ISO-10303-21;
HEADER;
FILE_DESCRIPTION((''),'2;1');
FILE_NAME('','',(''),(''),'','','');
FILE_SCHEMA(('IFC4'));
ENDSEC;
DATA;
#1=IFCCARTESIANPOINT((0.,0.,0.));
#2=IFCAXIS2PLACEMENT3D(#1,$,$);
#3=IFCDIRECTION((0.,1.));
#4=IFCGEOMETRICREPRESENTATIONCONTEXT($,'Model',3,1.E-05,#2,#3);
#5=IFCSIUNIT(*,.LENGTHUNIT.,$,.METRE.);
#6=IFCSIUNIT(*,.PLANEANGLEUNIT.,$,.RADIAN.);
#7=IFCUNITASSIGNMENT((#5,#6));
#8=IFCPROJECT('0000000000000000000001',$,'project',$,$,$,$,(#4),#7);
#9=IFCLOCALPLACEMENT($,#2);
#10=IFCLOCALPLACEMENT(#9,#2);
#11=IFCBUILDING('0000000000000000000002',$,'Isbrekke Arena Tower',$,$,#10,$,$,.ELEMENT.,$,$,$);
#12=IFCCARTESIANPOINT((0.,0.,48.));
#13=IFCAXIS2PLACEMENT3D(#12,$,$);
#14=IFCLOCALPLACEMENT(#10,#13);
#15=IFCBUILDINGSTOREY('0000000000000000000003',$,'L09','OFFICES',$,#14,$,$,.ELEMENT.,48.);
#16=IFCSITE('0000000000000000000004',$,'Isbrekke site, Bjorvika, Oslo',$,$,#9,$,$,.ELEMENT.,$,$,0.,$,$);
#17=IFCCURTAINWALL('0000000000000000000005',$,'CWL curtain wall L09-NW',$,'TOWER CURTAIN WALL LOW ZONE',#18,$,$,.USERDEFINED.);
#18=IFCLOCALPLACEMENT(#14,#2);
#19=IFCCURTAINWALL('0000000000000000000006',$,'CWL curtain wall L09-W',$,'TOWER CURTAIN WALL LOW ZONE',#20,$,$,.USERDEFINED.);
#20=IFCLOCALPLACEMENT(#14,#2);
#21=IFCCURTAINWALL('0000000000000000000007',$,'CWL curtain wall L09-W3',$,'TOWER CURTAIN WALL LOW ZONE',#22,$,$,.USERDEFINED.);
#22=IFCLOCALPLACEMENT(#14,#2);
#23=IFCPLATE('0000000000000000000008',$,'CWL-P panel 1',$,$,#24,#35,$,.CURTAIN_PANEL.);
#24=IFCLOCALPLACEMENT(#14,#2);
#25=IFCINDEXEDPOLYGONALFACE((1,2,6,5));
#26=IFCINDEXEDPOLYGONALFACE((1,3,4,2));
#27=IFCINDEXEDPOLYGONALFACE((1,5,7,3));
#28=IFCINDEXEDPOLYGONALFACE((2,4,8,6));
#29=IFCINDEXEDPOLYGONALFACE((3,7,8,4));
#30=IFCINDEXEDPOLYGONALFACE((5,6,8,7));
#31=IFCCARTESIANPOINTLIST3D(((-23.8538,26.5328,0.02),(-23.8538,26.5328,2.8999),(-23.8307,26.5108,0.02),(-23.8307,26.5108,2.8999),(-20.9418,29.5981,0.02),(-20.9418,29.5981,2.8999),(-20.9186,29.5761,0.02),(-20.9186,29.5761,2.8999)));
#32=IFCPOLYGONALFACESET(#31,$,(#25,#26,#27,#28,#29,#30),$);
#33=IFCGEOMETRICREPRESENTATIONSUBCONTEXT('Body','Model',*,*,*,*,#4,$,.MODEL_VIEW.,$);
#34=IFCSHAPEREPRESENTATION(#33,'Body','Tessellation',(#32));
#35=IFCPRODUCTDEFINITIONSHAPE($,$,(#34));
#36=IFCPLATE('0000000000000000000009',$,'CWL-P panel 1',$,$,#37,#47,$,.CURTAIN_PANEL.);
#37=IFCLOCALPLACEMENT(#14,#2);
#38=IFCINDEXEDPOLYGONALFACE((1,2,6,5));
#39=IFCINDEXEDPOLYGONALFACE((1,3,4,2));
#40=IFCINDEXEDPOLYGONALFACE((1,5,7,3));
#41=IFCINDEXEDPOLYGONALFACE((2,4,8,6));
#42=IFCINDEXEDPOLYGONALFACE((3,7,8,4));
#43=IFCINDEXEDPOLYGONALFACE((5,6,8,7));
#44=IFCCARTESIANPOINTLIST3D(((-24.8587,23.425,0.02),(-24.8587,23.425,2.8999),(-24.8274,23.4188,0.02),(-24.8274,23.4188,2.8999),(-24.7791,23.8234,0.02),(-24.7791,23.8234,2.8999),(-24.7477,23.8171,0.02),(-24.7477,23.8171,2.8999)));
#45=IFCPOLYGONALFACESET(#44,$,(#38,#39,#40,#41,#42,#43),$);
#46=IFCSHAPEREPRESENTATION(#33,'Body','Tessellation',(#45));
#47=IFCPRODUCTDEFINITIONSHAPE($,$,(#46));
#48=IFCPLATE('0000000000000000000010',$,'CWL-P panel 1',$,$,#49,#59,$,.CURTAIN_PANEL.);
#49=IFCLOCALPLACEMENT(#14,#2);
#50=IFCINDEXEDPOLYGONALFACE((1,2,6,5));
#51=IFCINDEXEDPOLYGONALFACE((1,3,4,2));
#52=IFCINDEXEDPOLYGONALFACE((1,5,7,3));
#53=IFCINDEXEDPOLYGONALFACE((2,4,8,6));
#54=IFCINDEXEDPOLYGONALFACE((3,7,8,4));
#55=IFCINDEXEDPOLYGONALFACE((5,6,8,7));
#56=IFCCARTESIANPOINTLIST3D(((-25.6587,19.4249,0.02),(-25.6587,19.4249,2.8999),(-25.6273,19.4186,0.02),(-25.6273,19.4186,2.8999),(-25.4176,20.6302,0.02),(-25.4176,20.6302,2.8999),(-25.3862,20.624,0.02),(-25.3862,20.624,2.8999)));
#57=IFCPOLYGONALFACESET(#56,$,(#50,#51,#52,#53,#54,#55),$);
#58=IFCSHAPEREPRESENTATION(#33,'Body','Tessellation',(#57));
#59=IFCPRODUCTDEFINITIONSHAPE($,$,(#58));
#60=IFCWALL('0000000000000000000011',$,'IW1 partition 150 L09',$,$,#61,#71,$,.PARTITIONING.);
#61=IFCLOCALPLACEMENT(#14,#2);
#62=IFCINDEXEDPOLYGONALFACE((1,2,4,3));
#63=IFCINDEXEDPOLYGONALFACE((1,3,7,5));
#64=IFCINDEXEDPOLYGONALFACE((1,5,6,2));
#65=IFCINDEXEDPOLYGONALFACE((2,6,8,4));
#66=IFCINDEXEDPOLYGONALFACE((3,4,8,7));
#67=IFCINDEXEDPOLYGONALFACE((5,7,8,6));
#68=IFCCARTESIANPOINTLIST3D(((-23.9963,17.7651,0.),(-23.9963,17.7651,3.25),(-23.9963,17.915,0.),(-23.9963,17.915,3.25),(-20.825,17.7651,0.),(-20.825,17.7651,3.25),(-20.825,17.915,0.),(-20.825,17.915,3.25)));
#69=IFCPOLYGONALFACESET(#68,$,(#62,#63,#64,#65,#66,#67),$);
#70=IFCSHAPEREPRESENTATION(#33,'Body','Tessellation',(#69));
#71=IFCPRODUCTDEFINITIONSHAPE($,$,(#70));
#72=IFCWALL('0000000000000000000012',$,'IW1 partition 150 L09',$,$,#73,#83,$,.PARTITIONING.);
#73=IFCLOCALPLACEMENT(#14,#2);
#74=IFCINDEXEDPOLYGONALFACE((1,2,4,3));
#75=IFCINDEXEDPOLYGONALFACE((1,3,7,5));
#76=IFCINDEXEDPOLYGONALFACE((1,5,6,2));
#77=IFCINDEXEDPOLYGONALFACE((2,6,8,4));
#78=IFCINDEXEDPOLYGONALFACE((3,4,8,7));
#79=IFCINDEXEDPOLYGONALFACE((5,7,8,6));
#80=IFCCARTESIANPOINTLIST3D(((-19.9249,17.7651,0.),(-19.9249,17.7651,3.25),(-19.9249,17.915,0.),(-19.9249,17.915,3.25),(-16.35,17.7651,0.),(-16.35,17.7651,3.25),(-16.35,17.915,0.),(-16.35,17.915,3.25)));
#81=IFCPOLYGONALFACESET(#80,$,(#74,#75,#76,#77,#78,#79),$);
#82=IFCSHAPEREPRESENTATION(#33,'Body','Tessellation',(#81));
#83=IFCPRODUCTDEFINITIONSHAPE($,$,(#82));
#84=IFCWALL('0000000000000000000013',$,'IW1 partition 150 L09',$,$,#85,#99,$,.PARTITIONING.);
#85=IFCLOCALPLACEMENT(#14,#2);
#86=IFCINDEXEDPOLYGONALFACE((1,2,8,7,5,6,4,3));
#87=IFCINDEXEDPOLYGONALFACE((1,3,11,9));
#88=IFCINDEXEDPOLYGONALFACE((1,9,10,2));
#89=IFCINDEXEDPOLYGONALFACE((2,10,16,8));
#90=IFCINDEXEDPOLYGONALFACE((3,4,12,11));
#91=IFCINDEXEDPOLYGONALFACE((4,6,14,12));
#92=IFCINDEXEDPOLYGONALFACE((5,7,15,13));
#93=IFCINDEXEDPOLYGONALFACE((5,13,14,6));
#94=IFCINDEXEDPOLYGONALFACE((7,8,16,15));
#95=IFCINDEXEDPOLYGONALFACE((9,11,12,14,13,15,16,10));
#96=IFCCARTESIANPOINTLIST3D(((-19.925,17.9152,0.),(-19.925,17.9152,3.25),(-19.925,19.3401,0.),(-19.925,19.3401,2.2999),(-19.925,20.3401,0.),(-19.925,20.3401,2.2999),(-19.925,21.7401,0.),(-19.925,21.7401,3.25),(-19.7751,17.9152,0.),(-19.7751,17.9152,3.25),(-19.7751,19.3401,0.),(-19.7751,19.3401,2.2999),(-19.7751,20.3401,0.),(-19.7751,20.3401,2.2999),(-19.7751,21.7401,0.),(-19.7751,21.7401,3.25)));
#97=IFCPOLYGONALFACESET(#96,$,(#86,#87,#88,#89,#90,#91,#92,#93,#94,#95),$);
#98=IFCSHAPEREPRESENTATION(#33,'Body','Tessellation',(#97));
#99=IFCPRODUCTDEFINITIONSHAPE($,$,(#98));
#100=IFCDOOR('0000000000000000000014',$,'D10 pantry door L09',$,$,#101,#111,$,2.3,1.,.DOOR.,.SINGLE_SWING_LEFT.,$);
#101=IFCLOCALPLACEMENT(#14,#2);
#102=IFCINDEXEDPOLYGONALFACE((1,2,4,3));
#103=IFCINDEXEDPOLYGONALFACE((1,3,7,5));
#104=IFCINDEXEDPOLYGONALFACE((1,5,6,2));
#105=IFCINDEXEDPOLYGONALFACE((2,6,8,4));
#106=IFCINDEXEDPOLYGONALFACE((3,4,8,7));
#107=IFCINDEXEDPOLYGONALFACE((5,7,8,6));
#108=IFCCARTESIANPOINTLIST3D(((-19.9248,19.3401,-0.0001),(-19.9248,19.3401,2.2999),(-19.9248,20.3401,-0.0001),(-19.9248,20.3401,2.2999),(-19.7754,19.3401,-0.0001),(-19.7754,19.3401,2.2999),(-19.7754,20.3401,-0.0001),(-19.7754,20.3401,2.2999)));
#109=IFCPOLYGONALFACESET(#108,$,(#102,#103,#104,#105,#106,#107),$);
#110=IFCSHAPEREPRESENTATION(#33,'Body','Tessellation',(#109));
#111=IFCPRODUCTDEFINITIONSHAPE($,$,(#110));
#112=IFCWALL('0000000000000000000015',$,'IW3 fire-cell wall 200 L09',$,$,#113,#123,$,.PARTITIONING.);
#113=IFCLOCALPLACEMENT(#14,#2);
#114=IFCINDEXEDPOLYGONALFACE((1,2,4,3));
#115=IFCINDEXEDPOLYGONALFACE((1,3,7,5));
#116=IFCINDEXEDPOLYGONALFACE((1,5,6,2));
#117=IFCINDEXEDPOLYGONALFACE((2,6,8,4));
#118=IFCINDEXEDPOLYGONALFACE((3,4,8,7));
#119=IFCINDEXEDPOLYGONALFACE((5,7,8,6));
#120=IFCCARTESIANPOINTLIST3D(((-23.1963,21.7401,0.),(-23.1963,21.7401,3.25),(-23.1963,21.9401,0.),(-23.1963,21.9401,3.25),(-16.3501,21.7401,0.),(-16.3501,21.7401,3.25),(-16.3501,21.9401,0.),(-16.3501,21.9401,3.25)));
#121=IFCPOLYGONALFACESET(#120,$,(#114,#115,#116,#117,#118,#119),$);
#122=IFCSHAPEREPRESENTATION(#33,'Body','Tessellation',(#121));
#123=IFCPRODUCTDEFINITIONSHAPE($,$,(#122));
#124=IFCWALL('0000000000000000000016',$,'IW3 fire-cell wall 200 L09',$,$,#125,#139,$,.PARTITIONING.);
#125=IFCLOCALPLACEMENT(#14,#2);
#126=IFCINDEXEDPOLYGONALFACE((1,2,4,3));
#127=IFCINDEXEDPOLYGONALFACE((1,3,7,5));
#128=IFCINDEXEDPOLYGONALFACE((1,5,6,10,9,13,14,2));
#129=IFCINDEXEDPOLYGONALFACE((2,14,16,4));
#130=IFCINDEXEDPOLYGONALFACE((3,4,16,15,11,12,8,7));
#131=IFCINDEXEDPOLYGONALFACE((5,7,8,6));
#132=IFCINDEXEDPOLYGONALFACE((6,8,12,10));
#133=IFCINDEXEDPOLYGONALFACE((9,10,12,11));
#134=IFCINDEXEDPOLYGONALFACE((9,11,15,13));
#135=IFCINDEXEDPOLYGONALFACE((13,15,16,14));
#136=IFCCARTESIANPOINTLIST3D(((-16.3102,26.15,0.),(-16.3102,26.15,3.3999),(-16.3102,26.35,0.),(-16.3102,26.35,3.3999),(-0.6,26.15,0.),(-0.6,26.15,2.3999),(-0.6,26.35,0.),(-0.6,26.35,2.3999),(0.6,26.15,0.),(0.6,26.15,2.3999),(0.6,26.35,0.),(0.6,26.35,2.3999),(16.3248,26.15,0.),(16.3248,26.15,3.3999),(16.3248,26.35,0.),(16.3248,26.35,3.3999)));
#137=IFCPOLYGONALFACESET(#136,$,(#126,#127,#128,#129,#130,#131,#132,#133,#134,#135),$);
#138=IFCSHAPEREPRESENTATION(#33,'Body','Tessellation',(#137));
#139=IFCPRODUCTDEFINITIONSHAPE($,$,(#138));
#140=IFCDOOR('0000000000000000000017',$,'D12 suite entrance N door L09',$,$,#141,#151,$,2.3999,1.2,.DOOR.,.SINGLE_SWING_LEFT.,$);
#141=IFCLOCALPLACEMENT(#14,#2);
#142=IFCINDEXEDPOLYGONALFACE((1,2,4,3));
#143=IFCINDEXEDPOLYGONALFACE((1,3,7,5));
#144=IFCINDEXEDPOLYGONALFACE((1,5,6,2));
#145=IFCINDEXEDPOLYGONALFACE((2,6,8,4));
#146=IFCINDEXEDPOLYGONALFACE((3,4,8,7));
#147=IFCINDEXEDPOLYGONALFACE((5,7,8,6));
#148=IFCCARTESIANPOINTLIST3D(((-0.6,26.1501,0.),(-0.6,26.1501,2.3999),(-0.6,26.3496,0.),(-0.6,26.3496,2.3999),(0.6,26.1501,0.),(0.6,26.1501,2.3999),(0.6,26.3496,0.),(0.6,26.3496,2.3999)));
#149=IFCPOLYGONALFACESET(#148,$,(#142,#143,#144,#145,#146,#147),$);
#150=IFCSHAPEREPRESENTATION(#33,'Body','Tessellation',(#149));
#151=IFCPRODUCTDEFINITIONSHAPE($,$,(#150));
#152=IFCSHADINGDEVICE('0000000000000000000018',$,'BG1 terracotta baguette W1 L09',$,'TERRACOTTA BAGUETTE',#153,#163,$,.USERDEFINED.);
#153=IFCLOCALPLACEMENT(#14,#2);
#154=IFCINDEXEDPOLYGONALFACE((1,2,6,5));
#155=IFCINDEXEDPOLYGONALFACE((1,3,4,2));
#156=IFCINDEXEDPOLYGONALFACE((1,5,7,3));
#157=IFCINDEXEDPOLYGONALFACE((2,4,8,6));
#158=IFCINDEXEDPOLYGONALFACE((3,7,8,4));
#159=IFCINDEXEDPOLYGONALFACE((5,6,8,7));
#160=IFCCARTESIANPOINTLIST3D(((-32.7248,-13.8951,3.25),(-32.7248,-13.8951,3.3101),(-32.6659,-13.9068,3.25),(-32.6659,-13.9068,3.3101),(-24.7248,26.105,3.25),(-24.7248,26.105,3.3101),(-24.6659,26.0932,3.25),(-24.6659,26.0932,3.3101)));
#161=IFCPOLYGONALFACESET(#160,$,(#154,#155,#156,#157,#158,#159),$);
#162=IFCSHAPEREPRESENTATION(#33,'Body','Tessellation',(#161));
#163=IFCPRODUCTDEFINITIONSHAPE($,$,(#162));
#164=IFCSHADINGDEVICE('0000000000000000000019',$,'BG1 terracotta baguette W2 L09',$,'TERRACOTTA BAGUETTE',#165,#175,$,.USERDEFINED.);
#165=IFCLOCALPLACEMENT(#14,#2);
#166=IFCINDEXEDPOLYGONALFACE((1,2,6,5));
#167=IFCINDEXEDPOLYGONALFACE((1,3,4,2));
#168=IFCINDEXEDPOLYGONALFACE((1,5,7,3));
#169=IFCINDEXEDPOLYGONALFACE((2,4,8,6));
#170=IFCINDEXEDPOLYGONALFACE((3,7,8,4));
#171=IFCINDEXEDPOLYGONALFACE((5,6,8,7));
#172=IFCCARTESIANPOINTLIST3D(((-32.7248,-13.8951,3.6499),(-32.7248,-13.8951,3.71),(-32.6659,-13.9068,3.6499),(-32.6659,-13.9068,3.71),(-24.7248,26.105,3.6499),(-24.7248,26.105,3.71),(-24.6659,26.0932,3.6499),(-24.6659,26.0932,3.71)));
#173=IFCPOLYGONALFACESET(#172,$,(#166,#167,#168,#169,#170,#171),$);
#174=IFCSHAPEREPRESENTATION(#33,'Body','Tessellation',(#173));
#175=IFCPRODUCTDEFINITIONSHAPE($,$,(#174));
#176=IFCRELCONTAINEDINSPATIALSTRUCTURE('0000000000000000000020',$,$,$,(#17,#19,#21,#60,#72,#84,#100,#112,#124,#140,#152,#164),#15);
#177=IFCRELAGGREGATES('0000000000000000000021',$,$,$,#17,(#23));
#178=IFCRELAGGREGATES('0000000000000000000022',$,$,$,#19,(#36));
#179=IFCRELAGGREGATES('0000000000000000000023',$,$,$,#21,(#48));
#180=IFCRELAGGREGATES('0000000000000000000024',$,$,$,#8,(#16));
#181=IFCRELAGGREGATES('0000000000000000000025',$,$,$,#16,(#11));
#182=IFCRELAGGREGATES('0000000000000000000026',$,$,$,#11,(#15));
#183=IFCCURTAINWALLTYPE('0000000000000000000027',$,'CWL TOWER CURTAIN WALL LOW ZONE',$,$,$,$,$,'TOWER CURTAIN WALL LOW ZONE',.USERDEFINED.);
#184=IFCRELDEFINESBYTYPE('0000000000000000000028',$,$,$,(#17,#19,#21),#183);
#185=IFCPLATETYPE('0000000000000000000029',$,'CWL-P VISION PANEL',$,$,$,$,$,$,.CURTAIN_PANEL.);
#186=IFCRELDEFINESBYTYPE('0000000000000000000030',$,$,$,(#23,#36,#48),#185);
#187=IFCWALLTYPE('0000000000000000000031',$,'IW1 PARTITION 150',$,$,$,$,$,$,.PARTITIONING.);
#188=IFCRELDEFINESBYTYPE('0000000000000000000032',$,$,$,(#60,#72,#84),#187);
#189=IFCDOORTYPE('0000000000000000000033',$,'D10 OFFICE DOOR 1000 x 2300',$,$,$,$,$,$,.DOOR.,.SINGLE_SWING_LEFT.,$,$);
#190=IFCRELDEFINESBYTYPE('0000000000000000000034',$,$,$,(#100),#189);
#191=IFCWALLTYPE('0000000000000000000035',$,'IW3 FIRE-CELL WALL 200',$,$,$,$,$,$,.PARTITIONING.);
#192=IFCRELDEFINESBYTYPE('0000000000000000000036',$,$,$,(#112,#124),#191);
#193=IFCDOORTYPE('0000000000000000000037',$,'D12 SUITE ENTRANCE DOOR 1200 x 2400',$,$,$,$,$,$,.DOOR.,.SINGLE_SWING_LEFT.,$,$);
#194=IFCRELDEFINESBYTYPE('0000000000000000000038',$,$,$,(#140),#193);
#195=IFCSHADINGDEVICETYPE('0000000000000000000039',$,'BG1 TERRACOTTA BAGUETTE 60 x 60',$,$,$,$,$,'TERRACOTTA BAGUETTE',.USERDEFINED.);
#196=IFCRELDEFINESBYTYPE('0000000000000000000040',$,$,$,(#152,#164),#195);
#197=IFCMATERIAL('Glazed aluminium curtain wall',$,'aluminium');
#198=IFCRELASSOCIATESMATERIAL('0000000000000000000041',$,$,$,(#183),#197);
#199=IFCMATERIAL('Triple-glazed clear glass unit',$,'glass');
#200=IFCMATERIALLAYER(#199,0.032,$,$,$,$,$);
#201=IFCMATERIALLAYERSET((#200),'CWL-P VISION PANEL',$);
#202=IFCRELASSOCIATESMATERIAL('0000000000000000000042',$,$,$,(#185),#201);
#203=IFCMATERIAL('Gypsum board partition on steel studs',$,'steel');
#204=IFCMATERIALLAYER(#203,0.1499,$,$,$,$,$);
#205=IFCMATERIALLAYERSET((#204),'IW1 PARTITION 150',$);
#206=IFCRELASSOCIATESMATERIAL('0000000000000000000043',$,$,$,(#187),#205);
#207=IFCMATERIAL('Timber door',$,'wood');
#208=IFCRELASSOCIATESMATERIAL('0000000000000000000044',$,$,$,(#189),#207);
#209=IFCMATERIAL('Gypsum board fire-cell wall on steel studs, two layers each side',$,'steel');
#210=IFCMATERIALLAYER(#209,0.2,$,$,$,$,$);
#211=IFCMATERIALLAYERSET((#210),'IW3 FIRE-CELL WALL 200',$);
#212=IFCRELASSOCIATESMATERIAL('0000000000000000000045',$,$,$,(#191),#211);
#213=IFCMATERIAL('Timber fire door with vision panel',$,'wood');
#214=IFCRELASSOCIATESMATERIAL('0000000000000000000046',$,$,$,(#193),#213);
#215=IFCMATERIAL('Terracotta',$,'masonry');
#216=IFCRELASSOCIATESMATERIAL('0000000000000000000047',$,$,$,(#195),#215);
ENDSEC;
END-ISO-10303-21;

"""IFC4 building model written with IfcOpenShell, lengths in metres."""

from ifc_helpers import new_model, si_unit, direction, frame, frame_2d, origin, origin_2d, place, context, subcontext, project, spatial, rectangle, extrude, material, layer, layer_set, material_profile, profile_set, type_object, element, fill, aggregate, save


model = new_model("IFC4")

# Units and contexts
model_context = context("Model", 3, precision=1e-05, world=origin(), true_north=direction((0.0, 1.0)))
body_context = subcontext(model_context, "Body", "Model", "MODEL_VIEW")
ifc_project = project(units=[si_unit("LENGTHUNIT", "METRE"), si_unit("PLANEANGLEUNIT", "RADIAN")], contexts=[model_context])

# Site, building, storey
site_placement = place(None, origin())
site = spatial("IfcSite", under=ifc_project, at=site_placement, Name="Isbrekke site, Bjorvika, Oslo", CompositionType="ELEMENT", RefElevation=0.0)
building_placement = place(site_placement, origin())
building = spatial("IfcBuilding", under=site, at=building_placement, Name="Isbrekke Arena Tower", CompositionType="ELEMENT")
storey_placement = place(building_placement, frame((0.0, 0.0, 48.0)))
storey = spatial("IfcBuildingStorey", under=building, at=storey_placement, Name="L09", Description="OFFICES", CompositionType="ELEMENT", Elevation=48.0)

# Shared definitions
ifc_material_1 = material(Name="Glazed aluminium curtain wall", Category="aluminium")
curtain_wall_type = type_object("IfcCurtainWallType", Name="CWL TOWER CURTAIN WALL LOW ZONE", ElementType="TOWER CURTAIN WALL LOW ZONE", PredefinedType="USERDEFINED", material=ifc_material_1)

# Curtain walls
curtain_wall_1_placement = place(storey_placement, origin())
curtain_wall_1 = element("IfcCurtainWall", 1, at=curtain_wall_1_placement, inside=storey, type_object=curtain_wall_type, Name="CWL curtain wall L09-NW", ObjectType="TOWER CURTAIN WALL LOW ZONE", PredefinedType="USERDEFINED")
curtain_wall_2_placement = place(storey_placement, origin())
curtain_wall_2 = element("IfcCurtainWall", 2, at=curtain_wall_2_placement, inside=storey, type_object=curtain_wall_type, Name="CWL curtain wall L09-W", ObjectType="TOWER CURTAIN WALL LOW ZONE", PredefinedType="USERDEFINED")
curtain_wall_3_placement = place(storey_placement, origin())
curtain_wall_3 = element("IfcCurtainWall", 3, at=curtain_wall_3_placement, inside=storey, type_object=curtain_wall_type, Name="CWL curtain wall L09-W3", ObjectType="TOWER CURTAIN WALL LOW ZONE", PredefinedType="USERDEFINED")

# Plates
ifc_material_2 = material(Name="Triple-glazed clear glass unit", Category="glass")
ifc_layer_1 = layer(ifc_material_2, 0.032)
ifc_layer_set_1 = layer_set([ifc_layer_1], Name="CWL-P VISION PANEL")
plate_type = type_object("IfcPlateType", Name="CWL-P VISION PANEL", PredefinedType="CURTAIN_PANEL", material=ifc_layer_set_1)
plate_1_placement = place(storey_placement, frame((-22.3862, 28.0544, 0.02), z_axis=(0.0, 0.0, 1.0), x_axis=(-0.688749, -0.724999, 0.0)))
plate_1 = element("IfcPlate", 4, at=plate_1_placement, type_object=plate_type, Name="CWL-P panel 1", PredefinedType="CURTAIN_PANEL", context=body_context, shape_type="SweptSolid", body=[
    extrude(rectangle(XDim=4.228, YDim=0.032, at=origin_2d()), origin(), (0.0, 0.0, 1.0), 2.8799),
])
aggregate(curtain_wall_1, [plate_1])
plate_2_placement = place(storey_placement, frame((-24.8032, 23.6211, 0.02), z_axis=(0.0, 0.0, 1.0), x_axis=(-0.196116, -0.980581, 0.0)))
plate_2 = element("IfcPlate", 5, at=plate_2_placement, type_object=plate_type, Name="CWL-P panel 1", PredefinedType="CURTAIN_PANEL", context=body_context, shape_type="SweptSolid", body=[
    extrude(rectangle(XDim=0.4062, YDim=0.032, at=origin_2d()), origin(), (0.0, 0.0, 1.0), 2.8799),
])
aggregate(curtain_wall_2, [plate_2])
plate_3_placement = place(storey_placement, frame((-25.5225, 20.0244, 0.02), z_axis=(0.0, 0.0, 1.0), x_axis=(-0.196116, -0.980581, 0.0)))
plate_3 = element("IfcPlate", 6, at=plate_3_placement, type_object=plate_type, Name="CWL-P panel 1", PredefinedType="CURTAIN_PANEL", context=body_context, shape_type="SweptSolid", body=[
    extrude(rectangle(XDim=1.2292, YDim=0.032, at=origin_2d()), origin(), (0.0, 0.0, 1.0), 2.8799),
])
aggregate(curtain_wall_3, [plate_3])

# Walls
ifc_material_3 = material(Name="Gypsum board partition on steel studs", Category="steel")
ifc_layer_2 = layer(ifc_material_3, 0.1499)
ifc_layer_set_2 = layer_set([ifc_layer_2], Name="IW1 PARTITION 150")
wall_type_1 = type_object("IfcWallType", Name="IW1 PARTITION 150", PredefinedType="PARTITIONING", material=ifc_layer_set_2)
wall_1_placement = place(storey_placement, frame((-23.9963, 17.8401, 0.0), z_axis=(0.0, 0.0, 1.0), x_axis=(1.0, 0.0, 0.0)))
element("IfcWall", 7, at=wall_1_placement, inside=storey, type_object=wall_type_1, Name="IW1 partition 150 L09", PredefinedType="PARTITIONING", context=body_context, shape_type="SweptSolid", body=[
    extrude(rectangle(XDim=3.1714, YDim=0.1499, at=frame_2d((1.5857, 0.0))), origin(), (0.0, 0.0, 1.0), 3.25),
])
wall_2_placement = place(storey_placement, frame((-19.925, 17.8401, 0.0), z_axis=(0.0, 0.0, 1.0), x_axis=(1.0, 0.0, 0.0)))
element("IfcWall", 8, at=wall_2_placement, inside=storey, type_object=wall_type_1, Name="IW1 partition 150 L09", PredefinedType="PARTITIONING", context=body_context, shape_type="SweptSolid", body=[
    extrude(rectangle(XDim=3.575, YDim=0.1499, at=frame_2d((1.7876, 0.0))), origin(), (0.0, 0.0, 1.0), 3.25),
])

# Wall, opening, door
wall_3_placement = place(storey_placement, frame((-19.8501, 17.915, 0.0), z_axis=(0.0, 0.0, 1.0), x_axis=(0.0, 1.0, 0.0)))
wall_3 = element("IfcWall", 9, at=wall_3_placement, inside=storey, type_object=wall_type_1, Name="IW1 partition 150 L09", PredefinedType="PARTITIONING", context=body_context, shape_type="SweptSolid", body=[
    extrude(rectangle(XDim=3.825, YDim=0.1499, at=frame_2d((1.9126, 0.0))), origin(), (0.0, 0.0, 1.0), 3.25),
])
opening_1_placement = place(wall_3_placement, frame((1.425, 0.0, 0.0)))
opening_1 = element("IfcOpeningElement", 10, at=opening_1_placement, cuts=wall_3, PredefinedType="OPENING", context=body_context, shape_type="SweptSolid", body=[
    extrude(rectangle(XDim=1.0, YDim=2.3, at=frame_2d((0.5, 1.1499))), frame((0.0, 0.0898, 0.0), z_axis=(0.0, -1.0, 0.0), x_axis=(1.0, 0.0, 0.0)), (0.0, 0.0, 1.0), 0.1797),
])
ifc_material_4 = material(Name="Timber door", Category="wood")
door_type_1 = type_object("IfcDoorType", Name="D10 OFFICE DOOR 1000 x 2300", OperationType="SINGLE_SWING_LEFT", PredefinedType="DOOR", material=ifc_material_4)
door_1_placement = place(opening_1_placement, origin())
door_1 = element("IfcDoor", 11, at=door_1_placement, inside=storey, type_object=door_type_1, Name="D10 pantry door L09", OperationType="SINGLE_SWING_LEFT", OverallHeight=2.3, OverallWidth=1.0, PredefinedType="DOOR", context=body_context, shape_type="SweptSolid", body=[
    extrude(rectangle(XDim=1.0, YDim=2.3, at=frame_2d((0.5, 1.1499))), frame((0.0, 0.0747, 0.0), z_axis=(0.0, -1.0, 0.0), x_axis=(1.0, 0.0, 0.0)), (0.0, 0.0, 1.0), 0.1494),
])
fill(opening_1, door_1)

# Wall
ifc_material_5 = material(Name="Gypsum board fire-cell wall on steel studs, two layers each side", Category="steel")
ifc_layer_3 = layer(ifc_material_5, 0.2)
ifc_layer_set_3 = layer_set([ifc_layer_3], Name="IW3 FIRE-CELL WALL 200")
wall_type_2 = type_object("IfcWallType", Name="IW3 FIRE-CELL WALL 200", PredefinedType="PARTITIONING", material=ifc_layer_set_3)
wall_4_placement = place(storey_placement, frame((-23.1963, 21.8401, 0.0), z_axis=(0.0, 0.0, 1.0), x_axis=(1.0, 0.0, 0.0)))
element("IfcWall", 12, at=wall_4_placement, inside=storey, type_object=wall_type_2, Name="IW3 fire-cell wall 200 L09", PredefinedType="PARTITIONING", context=body_context, shape_type="SweptSolid", body=[
    extrude(rectangle(XDim=6.8462, YDim=0.2, at=frame_2d((3.4231, 0.0))), origin(), (0.0, 0.0, 1.0), 3.25),
])

# Wall, opening, door
wall_5_placement = place(storey_placement, frame((-16.3101, 26.25, 0.0), z_axis=(0.0, 0.0, 1.0), x_axis=(1.0, 0.0, 0.0)))
wall_5 = element("IfcWall", 13, at=wall_5_placement, inside=storey, type_object=wall_type_2, Name="IW3 fire-cell wall 200 L09", PredefinedType="PARTITIONING", context=body_context, shape_type="SweptSolid", body=[
    extrude(rectangle(XDim=32.635, YDim=0.2, at=frame_2d((16.3174, 0.0))), origin(), (0.0, 0.0, 1.0), 3.3999),
])
opening_2_placement = place(wall_5_placement, frame((15.71, 0.0, 0.0)))
opening_2 = element("IfcOpeningElement", 14, at=opening_2_placement, cuts=wall_5, PredefinedType="OPENING", context=body_context, shape_type="SweptSolid", body=[
    extrude(rectangle(XDim=1.2, YDim=2.3999, at=frame_2d((0.6001, 1.2))), frame((0.0, 0.1147, 0.0), z_axis=(0.0, -1.0, 0.0), x_axis=(1.0, 0.0, 0.0)), (0.0, 0.0, 1.0), 0.2297),
])
ifc_material_6 = material(Name="Timber fire door with vision panel", Category="wood")
door_type_2 = type_object("IfcDoorType", Name="D12 SUITE ENTRANCE DOOR 1200 x 2400", OperationType="SINGLE_SWING_LEFT", PredefinedType="DOOR", material=ifc_material_6)
door_2_placement = place(opening_2_placement, origin())
door_2 = element("IfcDoor", 15, at=door_2_placement, inside=storey, type_object=door_type_2, Name="D12 suite entrance N door L09", OperationType="SINGLE_SWING_LEFT", OverallHeight=2.3999, OverallWidth=1.2, PredefinedType="DOOR", context=body_context, shape_type="SweptSolid", body=[
    extrude(rectangle(XDim=1.2, YDim=2.3999, at=frame_2d((0.6001, 1.2))), frame((0.0, 0.0996, 0.0), z_axis=(0.0, -1.0, 0.0), x_axis=(1.0, 0.0, 0.0)), (0.0, 0.0, 1.0), 0.1995),
])
fill(opening_2, door_2)

# Shading devices
ifc_material_7 = material(Name="Terracotta", Category="masonry")
ifc_material_profile_1 = material_profile(ifc_material_7, rectangle(XDim=0.0601, YDim=0.0601, at=origin_2d()), Name="BAGUETTE 60X60")
ifc_profile_set_1 = profile_set([ifc_material_profile_1], Name="Terracotta")
shading_device_type = type_object("IfcShadingDeviceType", Name="BG1 TERRACOTTA BAGUETTE 60 x 60", ElementType="TERRACOTTA BAGUETTE", PredefinedType="USERDEFINED", material=ifc_profile_set_1)
for number, where, z_axis, x_axis, name in (
    (16, (-24.6953, 26.0991, 3.28), (-0.196116, -0.980581, 0.0), (0.980581, -0.196116, 0.0), "BG1 terracotta baguette W1 L09"),
    (17, (-24.6953, 26.0991, 3.6799), (-0.196116, -0.980581, 0.0), (0.980581, -0.196116, 0.0), "BG1 terracotta baguette W2 L09"),
):
    element("IfcShadingDevice", number, at=place(storey_placement, frame(where, z_axis=z_axis, x_axis=x_axis)), inside=storey, type_object=shading_device_type, Name=name, ObjectType="TERRACOTTA BAGUETTE", PredefinedType="USERDEFINED", context=body_context, shape_type="SweptSolid", body=[
        extrude(rectangle(XDim=0.0601, YDim=0.0601, at=origin_2d()), origin(), (0.0, 0.0, 1.0), 40.7922),
    ])

save(model, "model.ifc")
